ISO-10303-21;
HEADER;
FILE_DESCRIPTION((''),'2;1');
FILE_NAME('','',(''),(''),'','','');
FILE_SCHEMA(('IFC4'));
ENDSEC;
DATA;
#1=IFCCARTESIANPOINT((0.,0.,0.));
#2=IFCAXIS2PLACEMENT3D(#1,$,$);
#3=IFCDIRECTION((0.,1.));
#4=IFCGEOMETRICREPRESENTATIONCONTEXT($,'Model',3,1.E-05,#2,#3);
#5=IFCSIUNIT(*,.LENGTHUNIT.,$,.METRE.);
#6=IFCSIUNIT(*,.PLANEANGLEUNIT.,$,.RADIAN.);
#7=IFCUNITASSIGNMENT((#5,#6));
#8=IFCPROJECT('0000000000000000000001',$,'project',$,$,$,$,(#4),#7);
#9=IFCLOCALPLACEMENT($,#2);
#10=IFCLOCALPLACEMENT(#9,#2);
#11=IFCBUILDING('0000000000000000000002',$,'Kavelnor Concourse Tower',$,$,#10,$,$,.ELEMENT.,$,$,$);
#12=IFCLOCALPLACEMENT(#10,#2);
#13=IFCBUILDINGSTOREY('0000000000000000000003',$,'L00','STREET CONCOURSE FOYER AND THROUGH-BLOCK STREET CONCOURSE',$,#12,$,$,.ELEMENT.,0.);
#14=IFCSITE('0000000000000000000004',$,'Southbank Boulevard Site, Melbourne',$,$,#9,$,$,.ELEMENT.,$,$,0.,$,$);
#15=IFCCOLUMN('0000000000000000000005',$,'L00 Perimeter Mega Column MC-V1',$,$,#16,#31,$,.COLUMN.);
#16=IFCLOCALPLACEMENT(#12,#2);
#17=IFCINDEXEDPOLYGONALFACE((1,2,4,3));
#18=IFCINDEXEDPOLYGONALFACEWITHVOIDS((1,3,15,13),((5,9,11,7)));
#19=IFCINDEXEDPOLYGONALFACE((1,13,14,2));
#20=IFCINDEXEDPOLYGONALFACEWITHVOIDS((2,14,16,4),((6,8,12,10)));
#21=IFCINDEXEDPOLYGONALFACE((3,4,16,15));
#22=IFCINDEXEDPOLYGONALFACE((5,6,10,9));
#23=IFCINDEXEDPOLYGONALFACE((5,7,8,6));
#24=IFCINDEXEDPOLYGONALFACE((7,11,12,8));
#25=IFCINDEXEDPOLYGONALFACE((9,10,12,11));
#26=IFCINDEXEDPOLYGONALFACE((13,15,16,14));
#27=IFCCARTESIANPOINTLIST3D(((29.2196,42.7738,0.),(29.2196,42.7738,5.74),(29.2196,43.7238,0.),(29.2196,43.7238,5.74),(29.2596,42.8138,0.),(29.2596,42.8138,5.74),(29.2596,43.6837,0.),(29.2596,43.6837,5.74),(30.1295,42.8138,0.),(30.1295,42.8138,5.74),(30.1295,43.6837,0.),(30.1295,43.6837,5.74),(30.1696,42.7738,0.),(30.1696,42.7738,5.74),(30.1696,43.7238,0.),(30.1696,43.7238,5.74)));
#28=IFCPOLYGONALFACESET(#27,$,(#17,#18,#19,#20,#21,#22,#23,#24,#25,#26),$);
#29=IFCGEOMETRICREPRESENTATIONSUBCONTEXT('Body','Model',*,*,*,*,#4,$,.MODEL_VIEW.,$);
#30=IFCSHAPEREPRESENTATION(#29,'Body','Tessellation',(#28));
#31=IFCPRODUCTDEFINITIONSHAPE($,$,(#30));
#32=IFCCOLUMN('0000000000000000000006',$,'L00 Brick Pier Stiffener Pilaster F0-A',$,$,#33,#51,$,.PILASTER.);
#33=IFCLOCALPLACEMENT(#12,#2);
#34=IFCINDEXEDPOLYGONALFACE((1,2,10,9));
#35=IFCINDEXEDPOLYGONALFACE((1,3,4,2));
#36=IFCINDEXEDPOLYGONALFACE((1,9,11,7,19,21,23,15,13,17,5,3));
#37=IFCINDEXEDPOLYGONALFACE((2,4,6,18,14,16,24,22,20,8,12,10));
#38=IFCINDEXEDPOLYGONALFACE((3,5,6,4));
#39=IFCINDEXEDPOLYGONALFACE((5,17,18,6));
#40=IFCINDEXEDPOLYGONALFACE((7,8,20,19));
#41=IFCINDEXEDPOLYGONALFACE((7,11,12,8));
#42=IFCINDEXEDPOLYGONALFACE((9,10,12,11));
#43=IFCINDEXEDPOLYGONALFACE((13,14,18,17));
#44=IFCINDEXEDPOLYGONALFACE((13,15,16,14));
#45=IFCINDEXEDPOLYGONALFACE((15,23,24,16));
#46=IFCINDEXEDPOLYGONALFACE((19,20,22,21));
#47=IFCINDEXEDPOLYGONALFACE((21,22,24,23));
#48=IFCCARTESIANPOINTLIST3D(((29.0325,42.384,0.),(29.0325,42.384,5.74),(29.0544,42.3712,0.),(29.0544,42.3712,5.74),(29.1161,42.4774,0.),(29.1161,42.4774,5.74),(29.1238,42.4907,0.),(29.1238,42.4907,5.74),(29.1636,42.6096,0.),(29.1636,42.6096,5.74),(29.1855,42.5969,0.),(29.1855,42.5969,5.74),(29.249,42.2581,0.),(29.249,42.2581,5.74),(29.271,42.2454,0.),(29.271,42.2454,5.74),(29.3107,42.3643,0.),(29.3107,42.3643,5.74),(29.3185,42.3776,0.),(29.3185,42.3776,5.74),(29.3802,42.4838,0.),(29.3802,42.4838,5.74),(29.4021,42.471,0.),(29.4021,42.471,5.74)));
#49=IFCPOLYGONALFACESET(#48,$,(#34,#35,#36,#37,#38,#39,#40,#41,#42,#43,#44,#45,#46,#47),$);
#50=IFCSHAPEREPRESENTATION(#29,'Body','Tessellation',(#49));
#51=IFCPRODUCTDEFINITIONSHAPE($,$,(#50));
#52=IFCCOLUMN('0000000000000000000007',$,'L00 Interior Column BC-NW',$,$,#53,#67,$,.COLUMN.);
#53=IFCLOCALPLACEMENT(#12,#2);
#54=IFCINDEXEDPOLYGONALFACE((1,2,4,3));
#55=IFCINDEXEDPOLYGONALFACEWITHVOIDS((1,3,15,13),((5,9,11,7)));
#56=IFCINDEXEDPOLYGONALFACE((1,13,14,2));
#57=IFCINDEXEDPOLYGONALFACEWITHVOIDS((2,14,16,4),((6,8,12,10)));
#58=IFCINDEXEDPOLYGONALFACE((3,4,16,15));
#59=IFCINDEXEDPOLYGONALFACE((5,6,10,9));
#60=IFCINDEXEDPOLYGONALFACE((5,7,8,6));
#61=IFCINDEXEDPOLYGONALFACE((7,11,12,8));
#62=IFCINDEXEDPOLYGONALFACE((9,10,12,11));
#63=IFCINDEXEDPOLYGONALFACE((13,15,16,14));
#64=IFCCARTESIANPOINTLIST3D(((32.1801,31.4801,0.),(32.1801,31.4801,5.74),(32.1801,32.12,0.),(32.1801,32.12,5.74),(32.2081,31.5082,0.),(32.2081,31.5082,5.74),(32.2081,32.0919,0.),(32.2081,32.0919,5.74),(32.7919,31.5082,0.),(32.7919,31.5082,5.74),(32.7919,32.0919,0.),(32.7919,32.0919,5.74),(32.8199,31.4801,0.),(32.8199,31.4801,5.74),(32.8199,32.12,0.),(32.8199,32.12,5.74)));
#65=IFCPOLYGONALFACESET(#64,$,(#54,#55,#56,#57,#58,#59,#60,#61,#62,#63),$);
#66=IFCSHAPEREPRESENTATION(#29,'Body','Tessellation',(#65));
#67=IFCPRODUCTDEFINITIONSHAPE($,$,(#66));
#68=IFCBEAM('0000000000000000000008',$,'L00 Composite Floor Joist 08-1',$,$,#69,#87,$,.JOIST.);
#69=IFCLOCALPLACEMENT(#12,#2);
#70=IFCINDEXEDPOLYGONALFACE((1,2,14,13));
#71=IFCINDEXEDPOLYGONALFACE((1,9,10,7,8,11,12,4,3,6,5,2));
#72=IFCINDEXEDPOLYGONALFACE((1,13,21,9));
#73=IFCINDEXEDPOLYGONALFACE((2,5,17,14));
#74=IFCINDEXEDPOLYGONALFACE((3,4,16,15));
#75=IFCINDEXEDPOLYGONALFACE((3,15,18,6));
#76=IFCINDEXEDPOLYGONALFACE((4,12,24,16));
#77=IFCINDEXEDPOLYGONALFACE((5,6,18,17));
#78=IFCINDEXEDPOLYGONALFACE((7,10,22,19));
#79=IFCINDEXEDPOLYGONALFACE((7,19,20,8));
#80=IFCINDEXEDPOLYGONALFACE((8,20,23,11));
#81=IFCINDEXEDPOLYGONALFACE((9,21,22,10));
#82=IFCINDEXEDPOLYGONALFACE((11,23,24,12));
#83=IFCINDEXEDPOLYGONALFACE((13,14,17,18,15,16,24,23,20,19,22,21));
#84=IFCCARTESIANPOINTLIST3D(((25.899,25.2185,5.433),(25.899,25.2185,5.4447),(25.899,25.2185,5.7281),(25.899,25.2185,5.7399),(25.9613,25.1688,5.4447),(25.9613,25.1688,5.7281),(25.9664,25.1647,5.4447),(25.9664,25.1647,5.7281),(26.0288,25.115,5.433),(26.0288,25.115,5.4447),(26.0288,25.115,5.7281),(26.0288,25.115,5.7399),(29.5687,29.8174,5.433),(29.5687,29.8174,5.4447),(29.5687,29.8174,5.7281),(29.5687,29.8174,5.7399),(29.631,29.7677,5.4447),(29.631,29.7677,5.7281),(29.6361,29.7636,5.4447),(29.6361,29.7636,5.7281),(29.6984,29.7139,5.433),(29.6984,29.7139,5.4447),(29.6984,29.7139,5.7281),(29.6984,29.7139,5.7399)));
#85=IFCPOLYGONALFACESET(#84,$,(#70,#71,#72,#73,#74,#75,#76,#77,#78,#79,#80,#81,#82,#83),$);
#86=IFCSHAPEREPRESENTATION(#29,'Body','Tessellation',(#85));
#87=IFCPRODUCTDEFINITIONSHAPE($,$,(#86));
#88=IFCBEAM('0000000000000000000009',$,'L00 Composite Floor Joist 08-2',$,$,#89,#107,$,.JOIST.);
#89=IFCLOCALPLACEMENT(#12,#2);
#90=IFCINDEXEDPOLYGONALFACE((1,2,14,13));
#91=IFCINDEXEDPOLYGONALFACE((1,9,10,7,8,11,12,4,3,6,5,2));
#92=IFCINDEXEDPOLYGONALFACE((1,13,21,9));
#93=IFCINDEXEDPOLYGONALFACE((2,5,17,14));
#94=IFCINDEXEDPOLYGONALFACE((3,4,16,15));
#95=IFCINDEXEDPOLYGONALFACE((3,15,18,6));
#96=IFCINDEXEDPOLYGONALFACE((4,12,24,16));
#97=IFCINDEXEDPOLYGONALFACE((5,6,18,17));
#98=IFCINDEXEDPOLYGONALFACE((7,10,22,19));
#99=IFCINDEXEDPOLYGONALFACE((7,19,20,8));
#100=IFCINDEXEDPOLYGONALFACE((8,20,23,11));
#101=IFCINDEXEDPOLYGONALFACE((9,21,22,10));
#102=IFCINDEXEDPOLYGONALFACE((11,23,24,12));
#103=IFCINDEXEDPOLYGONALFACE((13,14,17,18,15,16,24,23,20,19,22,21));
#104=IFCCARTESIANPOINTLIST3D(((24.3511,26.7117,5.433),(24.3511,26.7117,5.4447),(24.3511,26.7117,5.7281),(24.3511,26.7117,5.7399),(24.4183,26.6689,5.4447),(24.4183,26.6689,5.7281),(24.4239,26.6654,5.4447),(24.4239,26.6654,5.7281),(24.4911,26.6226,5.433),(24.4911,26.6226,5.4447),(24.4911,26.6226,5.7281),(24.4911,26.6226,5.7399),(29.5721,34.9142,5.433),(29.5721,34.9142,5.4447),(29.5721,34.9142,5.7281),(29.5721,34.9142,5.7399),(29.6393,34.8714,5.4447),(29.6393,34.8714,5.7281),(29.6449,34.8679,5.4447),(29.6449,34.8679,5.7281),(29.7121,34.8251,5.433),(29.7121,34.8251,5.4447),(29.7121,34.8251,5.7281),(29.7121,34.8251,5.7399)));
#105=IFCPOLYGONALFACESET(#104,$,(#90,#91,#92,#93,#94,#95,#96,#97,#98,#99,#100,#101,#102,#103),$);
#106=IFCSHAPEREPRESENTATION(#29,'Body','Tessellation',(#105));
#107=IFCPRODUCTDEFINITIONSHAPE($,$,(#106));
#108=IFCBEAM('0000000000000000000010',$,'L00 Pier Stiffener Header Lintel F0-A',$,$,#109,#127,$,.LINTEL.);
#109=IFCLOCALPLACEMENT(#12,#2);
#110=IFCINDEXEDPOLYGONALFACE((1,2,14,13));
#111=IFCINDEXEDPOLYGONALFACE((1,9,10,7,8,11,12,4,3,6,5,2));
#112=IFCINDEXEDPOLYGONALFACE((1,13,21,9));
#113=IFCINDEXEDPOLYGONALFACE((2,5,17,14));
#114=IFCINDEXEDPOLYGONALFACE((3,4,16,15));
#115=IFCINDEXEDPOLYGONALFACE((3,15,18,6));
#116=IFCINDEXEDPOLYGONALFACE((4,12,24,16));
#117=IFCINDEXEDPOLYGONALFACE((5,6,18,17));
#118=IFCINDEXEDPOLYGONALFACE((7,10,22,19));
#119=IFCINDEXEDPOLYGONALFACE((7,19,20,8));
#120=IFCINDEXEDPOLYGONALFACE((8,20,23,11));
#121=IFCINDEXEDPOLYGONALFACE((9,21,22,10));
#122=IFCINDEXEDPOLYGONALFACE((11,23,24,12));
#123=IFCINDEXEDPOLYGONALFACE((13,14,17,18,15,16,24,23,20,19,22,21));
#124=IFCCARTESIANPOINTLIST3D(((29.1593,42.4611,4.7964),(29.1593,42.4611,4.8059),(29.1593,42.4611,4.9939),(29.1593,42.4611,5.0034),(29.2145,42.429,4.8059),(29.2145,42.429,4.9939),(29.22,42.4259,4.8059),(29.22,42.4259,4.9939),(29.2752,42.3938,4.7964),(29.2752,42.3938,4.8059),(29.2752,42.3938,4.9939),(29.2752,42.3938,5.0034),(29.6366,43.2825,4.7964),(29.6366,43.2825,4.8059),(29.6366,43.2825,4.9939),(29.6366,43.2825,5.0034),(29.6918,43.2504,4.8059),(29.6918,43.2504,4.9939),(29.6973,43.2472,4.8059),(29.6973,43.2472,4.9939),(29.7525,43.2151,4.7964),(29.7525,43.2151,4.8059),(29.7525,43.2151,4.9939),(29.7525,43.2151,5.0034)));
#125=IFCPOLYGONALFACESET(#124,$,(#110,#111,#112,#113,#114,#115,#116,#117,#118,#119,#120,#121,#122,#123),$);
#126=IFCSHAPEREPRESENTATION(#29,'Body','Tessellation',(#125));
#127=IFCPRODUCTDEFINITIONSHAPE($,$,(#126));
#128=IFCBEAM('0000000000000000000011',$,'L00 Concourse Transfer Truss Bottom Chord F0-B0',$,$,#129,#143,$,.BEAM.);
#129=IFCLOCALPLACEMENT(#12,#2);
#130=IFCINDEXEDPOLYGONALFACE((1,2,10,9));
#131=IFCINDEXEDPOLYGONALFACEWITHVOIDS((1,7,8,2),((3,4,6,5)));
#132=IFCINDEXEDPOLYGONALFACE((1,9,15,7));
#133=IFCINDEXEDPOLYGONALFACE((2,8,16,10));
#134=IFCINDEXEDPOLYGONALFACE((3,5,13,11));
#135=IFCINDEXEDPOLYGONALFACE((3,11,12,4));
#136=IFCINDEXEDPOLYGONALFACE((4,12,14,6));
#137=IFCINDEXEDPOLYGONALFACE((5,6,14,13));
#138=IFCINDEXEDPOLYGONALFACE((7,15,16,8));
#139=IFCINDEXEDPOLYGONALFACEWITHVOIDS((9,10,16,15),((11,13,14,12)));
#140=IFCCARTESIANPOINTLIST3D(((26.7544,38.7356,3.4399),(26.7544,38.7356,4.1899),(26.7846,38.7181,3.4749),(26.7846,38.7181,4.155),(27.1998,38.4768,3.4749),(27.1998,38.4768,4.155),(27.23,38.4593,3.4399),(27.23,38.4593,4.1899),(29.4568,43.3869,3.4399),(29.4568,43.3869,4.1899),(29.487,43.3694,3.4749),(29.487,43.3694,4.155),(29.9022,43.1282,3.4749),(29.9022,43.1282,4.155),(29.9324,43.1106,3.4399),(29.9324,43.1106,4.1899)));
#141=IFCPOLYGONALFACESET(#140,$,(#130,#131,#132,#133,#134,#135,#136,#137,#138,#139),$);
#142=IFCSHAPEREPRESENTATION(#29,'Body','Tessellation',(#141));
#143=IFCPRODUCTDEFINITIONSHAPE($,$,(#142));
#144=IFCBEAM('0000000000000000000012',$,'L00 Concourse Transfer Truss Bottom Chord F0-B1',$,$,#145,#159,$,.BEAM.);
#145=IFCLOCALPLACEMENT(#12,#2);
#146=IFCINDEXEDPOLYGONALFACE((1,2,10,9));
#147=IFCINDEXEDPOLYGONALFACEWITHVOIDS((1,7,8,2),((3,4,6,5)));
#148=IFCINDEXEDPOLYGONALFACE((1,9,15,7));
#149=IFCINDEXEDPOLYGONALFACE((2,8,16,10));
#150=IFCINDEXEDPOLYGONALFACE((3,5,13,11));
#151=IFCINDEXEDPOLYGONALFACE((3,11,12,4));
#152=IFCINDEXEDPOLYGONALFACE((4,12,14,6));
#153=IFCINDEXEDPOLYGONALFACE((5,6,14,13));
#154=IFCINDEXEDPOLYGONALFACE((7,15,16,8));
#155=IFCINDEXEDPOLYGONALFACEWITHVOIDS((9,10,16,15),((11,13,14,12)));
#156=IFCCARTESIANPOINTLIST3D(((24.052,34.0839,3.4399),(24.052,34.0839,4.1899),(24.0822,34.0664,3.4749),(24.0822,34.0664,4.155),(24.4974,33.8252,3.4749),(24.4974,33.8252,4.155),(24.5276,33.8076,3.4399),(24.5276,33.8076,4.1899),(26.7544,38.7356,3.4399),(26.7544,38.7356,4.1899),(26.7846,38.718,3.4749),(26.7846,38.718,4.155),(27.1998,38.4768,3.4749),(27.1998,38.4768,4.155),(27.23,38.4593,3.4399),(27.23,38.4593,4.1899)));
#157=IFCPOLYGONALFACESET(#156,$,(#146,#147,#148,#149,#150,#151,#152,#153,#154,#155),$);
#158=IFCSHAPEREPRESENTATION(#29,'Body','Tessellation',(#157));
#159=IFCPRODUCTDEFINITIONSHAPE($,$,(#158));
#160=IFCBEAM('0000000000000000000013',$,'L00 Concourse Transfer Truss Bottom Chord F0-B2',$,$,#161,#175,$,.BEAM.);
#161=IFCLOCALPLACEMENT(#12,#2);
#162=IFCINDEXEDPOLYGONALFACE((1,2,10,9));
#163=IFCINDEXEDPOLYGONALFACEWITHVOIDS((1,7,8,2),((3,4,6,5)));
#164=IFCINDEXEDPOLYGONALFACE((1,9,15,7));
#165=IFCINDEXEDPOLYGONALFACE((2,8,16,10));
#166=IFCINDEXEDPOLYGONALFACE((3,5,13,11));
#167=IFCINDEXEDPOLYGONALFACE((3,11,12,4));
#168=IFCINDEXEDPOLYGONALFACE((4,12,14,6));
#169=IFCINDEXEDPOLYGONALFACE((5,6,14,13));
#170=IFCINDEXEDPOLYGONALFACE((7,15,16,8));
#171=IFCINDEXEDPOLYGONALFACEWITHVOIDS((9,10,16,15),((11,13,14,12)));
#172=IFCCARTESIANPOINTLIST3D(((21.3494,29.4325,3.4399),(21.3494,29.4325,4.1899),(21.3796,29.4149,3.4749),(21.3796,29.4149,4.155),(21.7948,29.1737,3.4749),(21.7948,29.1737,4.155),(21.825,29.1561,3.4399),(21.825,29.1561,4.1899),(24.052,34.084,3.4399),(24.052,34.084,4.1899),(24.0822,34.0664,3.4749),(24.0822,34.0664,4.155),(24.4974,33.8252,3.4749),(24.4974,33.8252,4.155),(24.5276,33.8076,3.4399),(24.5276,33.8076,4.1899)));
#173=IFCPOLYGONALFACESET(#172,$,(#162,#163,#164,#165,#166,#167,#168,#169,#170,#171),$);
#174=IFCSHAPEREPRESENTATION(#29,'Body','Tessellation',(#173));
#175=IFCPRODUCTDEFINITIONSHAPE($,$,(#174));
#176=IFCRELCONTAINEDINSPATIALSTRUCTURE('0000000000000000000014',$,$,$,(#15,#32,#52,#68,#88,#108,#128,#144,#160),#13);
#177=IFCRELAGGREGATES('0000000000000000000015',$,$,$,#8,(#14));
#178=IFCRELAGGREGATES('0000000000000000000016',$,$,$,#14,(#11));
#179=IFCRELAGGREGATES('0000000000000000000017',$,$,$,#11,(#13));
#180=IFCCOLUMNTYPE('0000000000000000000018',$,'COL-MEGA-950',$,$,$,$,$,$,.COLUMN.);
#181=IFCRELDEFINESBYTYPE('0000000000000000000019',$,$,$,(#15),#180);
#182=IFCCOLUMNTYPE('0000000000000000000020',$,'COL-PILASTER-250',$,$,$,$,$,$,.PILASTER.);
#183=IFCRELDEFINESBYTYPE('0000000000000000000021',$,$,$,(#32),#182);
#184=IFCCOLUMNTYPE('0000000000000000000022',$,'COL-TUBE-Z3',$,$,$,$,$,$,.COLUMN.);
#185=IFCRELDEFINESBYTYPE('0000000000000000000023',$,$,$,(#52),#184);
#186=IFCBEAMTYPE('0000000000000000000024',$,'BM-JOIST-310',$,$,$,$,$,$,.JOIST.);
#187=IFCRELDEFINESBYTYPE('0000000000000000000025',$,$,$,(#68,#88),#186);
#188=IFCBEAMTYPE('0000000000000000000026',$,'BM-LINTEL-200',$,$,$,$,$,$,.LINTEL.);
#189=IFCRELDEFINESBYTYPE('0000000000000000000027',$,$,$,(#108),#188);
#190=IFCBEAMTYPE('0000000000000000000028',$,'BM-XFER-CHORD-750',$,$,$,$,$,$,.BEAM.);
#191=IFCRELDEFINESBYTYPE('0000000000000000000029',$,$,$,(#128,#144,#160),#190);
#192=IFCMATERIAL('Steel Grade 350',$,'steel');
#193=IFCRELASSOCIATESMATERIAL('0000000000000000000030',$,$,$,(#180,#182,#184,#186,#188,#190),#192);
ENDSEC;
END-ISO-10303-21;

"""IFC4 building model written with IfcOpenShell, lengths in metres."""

from ifc_helpers import new_model, si_unit, direction, frame, origin, origin_2d, place, context, subcontext, project, spatial, hollow_rectangle, i_section, extrude, material, material_profile, profile_set, type_object, element, save


model = new_model("IFC4")

# Units and contexts
model_context = context("Model", 3, precision=1e-05, world=origin(), true_north=direction((0.0, 1.0)))
body_context = subcontext(model_context, "Body", "Model", "MODEL_VIEW")
ifc_project = project(units=[si_unit("LENGTHUNIT", "METRE"), si_unit("PLANEANGLEUNIT", "RADIAN")], contexts=[model_context])

# Site, building, storey
site_placement = place(None, origin())
site = spatial("IfcSite", under=ifc_project, at=site_placement, Name="Southbank Boulevard Site, Melbourne", CompositionType="ELEMENT", RefElevation=0.0)
building_placement = place(site_placement, origin())
building = spatial("IfcBuilding", under=site, at=building_placement, Name="Kavelnor Concourse Tower", CompositionType="ELEMENT")
storey_placement = place(building_placement, origin())
storey = spatial("IfcBuildingStorey", under=building, at=storey_placement, Name="L00", Description="STREET CONCOURSE FOYER AND THROUGH-BLOCK STREET CONCOURSE", CompositionType="ELEMENT", Elevation=0.0)

# Columns
ifc_material_1 = material(Name="Steel Grade 350", Category="steel")
ifc_material_profile_1 = material_profile(ifc_material_1, hollow_rectangle(XDim=0.95, YDim=0.95, WallThickness=0.04, at=origin_2d()), Name="SHS 950x950x40")
ifc_profile_set_1 = profile_set([ifc_material_profile_1], Name="Steel Grade 350")
column_type_1 = type_object("IfcColumnType", Name="COL-MEGA-950", PredefinedType="COLUMN", material=ifc_profile_set_1)
column_1_placement = place(storey_placement, frame((29.6946, 43.2488, 0.0), z_axis=(0.0, 0.0, 1.0), x_axis=(1.0, 0.0, 0.0)))
element("IfcColumn", 1, at=column_1_placement, inside=storey, type_object=column_type_1, Name="L00 Perimeter Mega Column MC-V1", PredefinedType="COLUMN", context=body_context, shape_type="SweptSolid", body=[
    extrude(hollow_rectangle(XDim=0.95, YDim=0.95, WallThickness=0.04, at=origin_2d()), origin(), (0.0, 0.0, 1.0), 5.74),
])
ifc_material_profile_2 = material_profile(ifc_material_1, i_section(OverallWidth=0.261, OverallDepth=0.2759, WebThickness=0.0154, FlangeThickness=0.0254, at=origin_2d()), Name="UC 254x254x132")
ifc_profile_set_2 = profile_set([ifc_material_profile_2], Name="Steel Grade 350")
column_type_2 = type_object("IfcColumnType", Name="COL-PILASTER-250", PredefinedType="PILASTER", material=ifc_profile_set_2)
column_2_placement = place(storey_placement, frame((29.2173, 42.4275, 0.0), z_axis=(0.0, 0.0, 1.0), x_axis=(-0.502416, -0.864626, 0.0)))
element("IfcColumn", 2, at=column_2_placement, inside=storey, type_object=column_type_2, Name="L00 Brick Pier Stiffener Pilaster F0-A", PredefinedType="PILASTER", context=body_context, shape_type="SweptSolid", body=[
    extrude(i_section(OverallWidth=0.261, OverallDepth=0.2759, WebThickness=0.0154, FlangeThickness=0.0254, at=origin_2d()), origin(), (0.0, 0.0, 1.0), 5.74),
])
ifc_material_profile_3 = material_profile(ifc_material_1, hollow_rectangle(XDim=0.6399, YDim=0.6399, WallThickness=0.0281, at=origin_2d()), Name="SHS 640x640x28")
ifc_profile_set_3 = profile_set([ifc_material_profile_3], Name="Steel Grade 350")
column_type_3 = type_object("IfcColumnType", Name="COL-TUBE-Z3", PredefinedType="COLUMN", material=ifc_profile_set_3)
column_3_placement = place(storey_placement, frame((32.5, 31.8, 0.0), z_axis=(0.0, 0.0, 1.0), x_axis=(1.0, 0.0, 0.0)))
element("IfcColumn", 3, at=column_3_placement, inside=storey, type_object=column_type_3, Name="L00 Interior Column BC-NW", PredefinedType="COLUMN", context=body_context, shape_type="SweptSolid", body=[
    extrude(hollow_rectangle(XDim=0.6399, YDim=0.6399, WallThickness=0.0281, at=origin_2d()), origin(), (0.0, 0.0, 1.0), 5.74),
])

# Beams
ifc_material_profile_4 = material_profile(ifc_material_1, i_section(OverallWidth=0.166, OverallDepth=0.3069, WebThickness=0.0066, FlangeThickness=0.0117, at=origin_2d()), Name="310UB46")
ifc_profile_set_4 = profile_set([ifc_material_profile_4], Name="Steel Grade 350")
beam_type_1 = type_object("IfcBeamType", Name="BM-JOIST-310", PredefinedType="JOIST", material=ifc_profile_set_4)
beam_1_placement = place(storey_placement, frame((29.6335, 29.7656, 5.5864), z_axis=(-0.623718, -0.78165, 0.0), x_axis=(0.78165, -0.623718, 0.0)))
element("IfcBeam", 4, at=beam_1_placement, inside=storey, type_object=beam_type_1, Name="L00 Composite Floor Joist 08-1", PredefinedType="JOIST", context=body_context, shape_type="SweptSolid", body=[
    extrude(i_section(OverallWidth=0.166, OverallDepth=0.3069, WebThickness=0.0066, FlangeThickness=0.0117, at=origin_2d()), origin(), (0.0, 0.0, 1.0), 5.8835),
])
beam_2_placement = place(storey_placement, frame((29.6421, 34.8696, 5.5864), z_axis=(-0.536966, -0.843604, 0.0), x_axis=(0.843604, -0.536966, 0.0)))
element("IfcBeam", 5, at=beam_2_placement, inside=storey, type_object=beam_type_1, Name="L00 Composite Floor Joist 08-2", PredefinedType="JOIST", context=body_context, shape_type="SweptSolid", body=[
    extrude(i_section(OverallWidth=0.166, OverallDepth=0.3069, WebThickness=0.0066, FlangeThickness=0.0117, at=origin_2d()), origin(), (0.0, 0.0, 1.0), 9.7231),
])
ifc_material_profile_5 = material_profile(ifc_material_1, i_section(OverallWidth=0.134, OverallDepth=0.207, WebThickness=0.0063, FlangeThickness=0.0095, at=origin_2d()), Name="200UB29")
ifc_profile_set_5 = profile_set([ifc_material_profile_5], Name="Steel Grade 350")
beam_type_2 = type_object("IfcBeamType", Name="BM-LINTEL-200", PredefinedType="LINTEL", material=ifc_profile_set_5)
beam_3_placement = place(storey_placement, frame((29.6946, 43.2488, 4.8999), z_axis=(-0.502464, -0.864598, 0.0), x_axis=(0.864598, -0.502464, 0.0)))
element("IfcBeam", 6, at=beam_3_placement, inside=storey, type_object=beam_type_2, Name="L00 Pier Stiffener Header Lintel F0-A", PredefinedType="LINTEL", context=body_context, shape_type="SweptSolid", body=[
    extrude(i_section(OverallWidth=0.134, OverallDepth=0.207, WebThickness=0.0063, FlangeThickness=0.0095, at=origin_2d()), origin(), (0.0, 0.0, 1.0), 0.95),
])
ifc_material_profile_6 = material_profile(ifc_material_1, hollow_rectangle(XDim=0.55, YDim=0.75, WallThickness=0.0349, at=origin_2d()), Name="RHS 750x550x35")
ifc_profile_set_6 = profile_set([ifc_material_profile_6], Name="Steel Grade 350")
beam_type_3 = type_object("IfcBeamType", Name="BM-XFER-CHORD-750", PredefinedType="BEAM", material=ifc_profile_set_6)
beam_4_placement = place(storey_placement, frame((29.6946, 43.2488, 3.8149), z_axis=(-0.502358, -0.86466, 0.0), x_axis=(0.86466, -0.502358, 0.0)))
element("IfcBeam", 7, at=beam_4_placement, inside=storey, type_object=beam_type_3, Name="L00 Concourse Transfer Truss Bottom Chord F0-B0", PredefinedType="BEAM", context=body_context, shape_type="SweptSolid", body=[
    extrude(hollow_rectangle(XDim=0.55, YDim=0.75, WallThickness=0.0349, at=origin_2d()), origin(), (0.0, 0.0, 1.0), 5.3794),
])
for number, where, z_axis, x_axis, name in (
    (8, (26.9922, 38.5974, 3.8149), (-0.502338, -0.864671, 0.0), (0.864671, -0.502338, 0.0), "L00 Concourse Transfer Truss Bottom Chord F0-B1"),
    (9, (24.2898, 33.9458, 3.8149), (-0.502372, -0.864652, 0.0), (0.864652, -0.502372, 0.0), "L00 Concourse Transfer Truss Bottom Chord F0-B2"),
):
    element("IfcBeam", number, at=place(storey_placement, frame(where, z_axis=z_axis, x_axis=x_axis)), inside=storey, type_object=beam_type_3, Name=name, PredefinedType="BEAM", context=body_context, shape_type="SweptSolid", body=[
        extrude(hollow_rectangle(XDim=0.55, YDim=0.75, WallThickness=0.0349, at=origin_2d()), origin(), (0.0, 0.0, 1.0), 5.3796),
    ])

save(model, "model.ifc")
